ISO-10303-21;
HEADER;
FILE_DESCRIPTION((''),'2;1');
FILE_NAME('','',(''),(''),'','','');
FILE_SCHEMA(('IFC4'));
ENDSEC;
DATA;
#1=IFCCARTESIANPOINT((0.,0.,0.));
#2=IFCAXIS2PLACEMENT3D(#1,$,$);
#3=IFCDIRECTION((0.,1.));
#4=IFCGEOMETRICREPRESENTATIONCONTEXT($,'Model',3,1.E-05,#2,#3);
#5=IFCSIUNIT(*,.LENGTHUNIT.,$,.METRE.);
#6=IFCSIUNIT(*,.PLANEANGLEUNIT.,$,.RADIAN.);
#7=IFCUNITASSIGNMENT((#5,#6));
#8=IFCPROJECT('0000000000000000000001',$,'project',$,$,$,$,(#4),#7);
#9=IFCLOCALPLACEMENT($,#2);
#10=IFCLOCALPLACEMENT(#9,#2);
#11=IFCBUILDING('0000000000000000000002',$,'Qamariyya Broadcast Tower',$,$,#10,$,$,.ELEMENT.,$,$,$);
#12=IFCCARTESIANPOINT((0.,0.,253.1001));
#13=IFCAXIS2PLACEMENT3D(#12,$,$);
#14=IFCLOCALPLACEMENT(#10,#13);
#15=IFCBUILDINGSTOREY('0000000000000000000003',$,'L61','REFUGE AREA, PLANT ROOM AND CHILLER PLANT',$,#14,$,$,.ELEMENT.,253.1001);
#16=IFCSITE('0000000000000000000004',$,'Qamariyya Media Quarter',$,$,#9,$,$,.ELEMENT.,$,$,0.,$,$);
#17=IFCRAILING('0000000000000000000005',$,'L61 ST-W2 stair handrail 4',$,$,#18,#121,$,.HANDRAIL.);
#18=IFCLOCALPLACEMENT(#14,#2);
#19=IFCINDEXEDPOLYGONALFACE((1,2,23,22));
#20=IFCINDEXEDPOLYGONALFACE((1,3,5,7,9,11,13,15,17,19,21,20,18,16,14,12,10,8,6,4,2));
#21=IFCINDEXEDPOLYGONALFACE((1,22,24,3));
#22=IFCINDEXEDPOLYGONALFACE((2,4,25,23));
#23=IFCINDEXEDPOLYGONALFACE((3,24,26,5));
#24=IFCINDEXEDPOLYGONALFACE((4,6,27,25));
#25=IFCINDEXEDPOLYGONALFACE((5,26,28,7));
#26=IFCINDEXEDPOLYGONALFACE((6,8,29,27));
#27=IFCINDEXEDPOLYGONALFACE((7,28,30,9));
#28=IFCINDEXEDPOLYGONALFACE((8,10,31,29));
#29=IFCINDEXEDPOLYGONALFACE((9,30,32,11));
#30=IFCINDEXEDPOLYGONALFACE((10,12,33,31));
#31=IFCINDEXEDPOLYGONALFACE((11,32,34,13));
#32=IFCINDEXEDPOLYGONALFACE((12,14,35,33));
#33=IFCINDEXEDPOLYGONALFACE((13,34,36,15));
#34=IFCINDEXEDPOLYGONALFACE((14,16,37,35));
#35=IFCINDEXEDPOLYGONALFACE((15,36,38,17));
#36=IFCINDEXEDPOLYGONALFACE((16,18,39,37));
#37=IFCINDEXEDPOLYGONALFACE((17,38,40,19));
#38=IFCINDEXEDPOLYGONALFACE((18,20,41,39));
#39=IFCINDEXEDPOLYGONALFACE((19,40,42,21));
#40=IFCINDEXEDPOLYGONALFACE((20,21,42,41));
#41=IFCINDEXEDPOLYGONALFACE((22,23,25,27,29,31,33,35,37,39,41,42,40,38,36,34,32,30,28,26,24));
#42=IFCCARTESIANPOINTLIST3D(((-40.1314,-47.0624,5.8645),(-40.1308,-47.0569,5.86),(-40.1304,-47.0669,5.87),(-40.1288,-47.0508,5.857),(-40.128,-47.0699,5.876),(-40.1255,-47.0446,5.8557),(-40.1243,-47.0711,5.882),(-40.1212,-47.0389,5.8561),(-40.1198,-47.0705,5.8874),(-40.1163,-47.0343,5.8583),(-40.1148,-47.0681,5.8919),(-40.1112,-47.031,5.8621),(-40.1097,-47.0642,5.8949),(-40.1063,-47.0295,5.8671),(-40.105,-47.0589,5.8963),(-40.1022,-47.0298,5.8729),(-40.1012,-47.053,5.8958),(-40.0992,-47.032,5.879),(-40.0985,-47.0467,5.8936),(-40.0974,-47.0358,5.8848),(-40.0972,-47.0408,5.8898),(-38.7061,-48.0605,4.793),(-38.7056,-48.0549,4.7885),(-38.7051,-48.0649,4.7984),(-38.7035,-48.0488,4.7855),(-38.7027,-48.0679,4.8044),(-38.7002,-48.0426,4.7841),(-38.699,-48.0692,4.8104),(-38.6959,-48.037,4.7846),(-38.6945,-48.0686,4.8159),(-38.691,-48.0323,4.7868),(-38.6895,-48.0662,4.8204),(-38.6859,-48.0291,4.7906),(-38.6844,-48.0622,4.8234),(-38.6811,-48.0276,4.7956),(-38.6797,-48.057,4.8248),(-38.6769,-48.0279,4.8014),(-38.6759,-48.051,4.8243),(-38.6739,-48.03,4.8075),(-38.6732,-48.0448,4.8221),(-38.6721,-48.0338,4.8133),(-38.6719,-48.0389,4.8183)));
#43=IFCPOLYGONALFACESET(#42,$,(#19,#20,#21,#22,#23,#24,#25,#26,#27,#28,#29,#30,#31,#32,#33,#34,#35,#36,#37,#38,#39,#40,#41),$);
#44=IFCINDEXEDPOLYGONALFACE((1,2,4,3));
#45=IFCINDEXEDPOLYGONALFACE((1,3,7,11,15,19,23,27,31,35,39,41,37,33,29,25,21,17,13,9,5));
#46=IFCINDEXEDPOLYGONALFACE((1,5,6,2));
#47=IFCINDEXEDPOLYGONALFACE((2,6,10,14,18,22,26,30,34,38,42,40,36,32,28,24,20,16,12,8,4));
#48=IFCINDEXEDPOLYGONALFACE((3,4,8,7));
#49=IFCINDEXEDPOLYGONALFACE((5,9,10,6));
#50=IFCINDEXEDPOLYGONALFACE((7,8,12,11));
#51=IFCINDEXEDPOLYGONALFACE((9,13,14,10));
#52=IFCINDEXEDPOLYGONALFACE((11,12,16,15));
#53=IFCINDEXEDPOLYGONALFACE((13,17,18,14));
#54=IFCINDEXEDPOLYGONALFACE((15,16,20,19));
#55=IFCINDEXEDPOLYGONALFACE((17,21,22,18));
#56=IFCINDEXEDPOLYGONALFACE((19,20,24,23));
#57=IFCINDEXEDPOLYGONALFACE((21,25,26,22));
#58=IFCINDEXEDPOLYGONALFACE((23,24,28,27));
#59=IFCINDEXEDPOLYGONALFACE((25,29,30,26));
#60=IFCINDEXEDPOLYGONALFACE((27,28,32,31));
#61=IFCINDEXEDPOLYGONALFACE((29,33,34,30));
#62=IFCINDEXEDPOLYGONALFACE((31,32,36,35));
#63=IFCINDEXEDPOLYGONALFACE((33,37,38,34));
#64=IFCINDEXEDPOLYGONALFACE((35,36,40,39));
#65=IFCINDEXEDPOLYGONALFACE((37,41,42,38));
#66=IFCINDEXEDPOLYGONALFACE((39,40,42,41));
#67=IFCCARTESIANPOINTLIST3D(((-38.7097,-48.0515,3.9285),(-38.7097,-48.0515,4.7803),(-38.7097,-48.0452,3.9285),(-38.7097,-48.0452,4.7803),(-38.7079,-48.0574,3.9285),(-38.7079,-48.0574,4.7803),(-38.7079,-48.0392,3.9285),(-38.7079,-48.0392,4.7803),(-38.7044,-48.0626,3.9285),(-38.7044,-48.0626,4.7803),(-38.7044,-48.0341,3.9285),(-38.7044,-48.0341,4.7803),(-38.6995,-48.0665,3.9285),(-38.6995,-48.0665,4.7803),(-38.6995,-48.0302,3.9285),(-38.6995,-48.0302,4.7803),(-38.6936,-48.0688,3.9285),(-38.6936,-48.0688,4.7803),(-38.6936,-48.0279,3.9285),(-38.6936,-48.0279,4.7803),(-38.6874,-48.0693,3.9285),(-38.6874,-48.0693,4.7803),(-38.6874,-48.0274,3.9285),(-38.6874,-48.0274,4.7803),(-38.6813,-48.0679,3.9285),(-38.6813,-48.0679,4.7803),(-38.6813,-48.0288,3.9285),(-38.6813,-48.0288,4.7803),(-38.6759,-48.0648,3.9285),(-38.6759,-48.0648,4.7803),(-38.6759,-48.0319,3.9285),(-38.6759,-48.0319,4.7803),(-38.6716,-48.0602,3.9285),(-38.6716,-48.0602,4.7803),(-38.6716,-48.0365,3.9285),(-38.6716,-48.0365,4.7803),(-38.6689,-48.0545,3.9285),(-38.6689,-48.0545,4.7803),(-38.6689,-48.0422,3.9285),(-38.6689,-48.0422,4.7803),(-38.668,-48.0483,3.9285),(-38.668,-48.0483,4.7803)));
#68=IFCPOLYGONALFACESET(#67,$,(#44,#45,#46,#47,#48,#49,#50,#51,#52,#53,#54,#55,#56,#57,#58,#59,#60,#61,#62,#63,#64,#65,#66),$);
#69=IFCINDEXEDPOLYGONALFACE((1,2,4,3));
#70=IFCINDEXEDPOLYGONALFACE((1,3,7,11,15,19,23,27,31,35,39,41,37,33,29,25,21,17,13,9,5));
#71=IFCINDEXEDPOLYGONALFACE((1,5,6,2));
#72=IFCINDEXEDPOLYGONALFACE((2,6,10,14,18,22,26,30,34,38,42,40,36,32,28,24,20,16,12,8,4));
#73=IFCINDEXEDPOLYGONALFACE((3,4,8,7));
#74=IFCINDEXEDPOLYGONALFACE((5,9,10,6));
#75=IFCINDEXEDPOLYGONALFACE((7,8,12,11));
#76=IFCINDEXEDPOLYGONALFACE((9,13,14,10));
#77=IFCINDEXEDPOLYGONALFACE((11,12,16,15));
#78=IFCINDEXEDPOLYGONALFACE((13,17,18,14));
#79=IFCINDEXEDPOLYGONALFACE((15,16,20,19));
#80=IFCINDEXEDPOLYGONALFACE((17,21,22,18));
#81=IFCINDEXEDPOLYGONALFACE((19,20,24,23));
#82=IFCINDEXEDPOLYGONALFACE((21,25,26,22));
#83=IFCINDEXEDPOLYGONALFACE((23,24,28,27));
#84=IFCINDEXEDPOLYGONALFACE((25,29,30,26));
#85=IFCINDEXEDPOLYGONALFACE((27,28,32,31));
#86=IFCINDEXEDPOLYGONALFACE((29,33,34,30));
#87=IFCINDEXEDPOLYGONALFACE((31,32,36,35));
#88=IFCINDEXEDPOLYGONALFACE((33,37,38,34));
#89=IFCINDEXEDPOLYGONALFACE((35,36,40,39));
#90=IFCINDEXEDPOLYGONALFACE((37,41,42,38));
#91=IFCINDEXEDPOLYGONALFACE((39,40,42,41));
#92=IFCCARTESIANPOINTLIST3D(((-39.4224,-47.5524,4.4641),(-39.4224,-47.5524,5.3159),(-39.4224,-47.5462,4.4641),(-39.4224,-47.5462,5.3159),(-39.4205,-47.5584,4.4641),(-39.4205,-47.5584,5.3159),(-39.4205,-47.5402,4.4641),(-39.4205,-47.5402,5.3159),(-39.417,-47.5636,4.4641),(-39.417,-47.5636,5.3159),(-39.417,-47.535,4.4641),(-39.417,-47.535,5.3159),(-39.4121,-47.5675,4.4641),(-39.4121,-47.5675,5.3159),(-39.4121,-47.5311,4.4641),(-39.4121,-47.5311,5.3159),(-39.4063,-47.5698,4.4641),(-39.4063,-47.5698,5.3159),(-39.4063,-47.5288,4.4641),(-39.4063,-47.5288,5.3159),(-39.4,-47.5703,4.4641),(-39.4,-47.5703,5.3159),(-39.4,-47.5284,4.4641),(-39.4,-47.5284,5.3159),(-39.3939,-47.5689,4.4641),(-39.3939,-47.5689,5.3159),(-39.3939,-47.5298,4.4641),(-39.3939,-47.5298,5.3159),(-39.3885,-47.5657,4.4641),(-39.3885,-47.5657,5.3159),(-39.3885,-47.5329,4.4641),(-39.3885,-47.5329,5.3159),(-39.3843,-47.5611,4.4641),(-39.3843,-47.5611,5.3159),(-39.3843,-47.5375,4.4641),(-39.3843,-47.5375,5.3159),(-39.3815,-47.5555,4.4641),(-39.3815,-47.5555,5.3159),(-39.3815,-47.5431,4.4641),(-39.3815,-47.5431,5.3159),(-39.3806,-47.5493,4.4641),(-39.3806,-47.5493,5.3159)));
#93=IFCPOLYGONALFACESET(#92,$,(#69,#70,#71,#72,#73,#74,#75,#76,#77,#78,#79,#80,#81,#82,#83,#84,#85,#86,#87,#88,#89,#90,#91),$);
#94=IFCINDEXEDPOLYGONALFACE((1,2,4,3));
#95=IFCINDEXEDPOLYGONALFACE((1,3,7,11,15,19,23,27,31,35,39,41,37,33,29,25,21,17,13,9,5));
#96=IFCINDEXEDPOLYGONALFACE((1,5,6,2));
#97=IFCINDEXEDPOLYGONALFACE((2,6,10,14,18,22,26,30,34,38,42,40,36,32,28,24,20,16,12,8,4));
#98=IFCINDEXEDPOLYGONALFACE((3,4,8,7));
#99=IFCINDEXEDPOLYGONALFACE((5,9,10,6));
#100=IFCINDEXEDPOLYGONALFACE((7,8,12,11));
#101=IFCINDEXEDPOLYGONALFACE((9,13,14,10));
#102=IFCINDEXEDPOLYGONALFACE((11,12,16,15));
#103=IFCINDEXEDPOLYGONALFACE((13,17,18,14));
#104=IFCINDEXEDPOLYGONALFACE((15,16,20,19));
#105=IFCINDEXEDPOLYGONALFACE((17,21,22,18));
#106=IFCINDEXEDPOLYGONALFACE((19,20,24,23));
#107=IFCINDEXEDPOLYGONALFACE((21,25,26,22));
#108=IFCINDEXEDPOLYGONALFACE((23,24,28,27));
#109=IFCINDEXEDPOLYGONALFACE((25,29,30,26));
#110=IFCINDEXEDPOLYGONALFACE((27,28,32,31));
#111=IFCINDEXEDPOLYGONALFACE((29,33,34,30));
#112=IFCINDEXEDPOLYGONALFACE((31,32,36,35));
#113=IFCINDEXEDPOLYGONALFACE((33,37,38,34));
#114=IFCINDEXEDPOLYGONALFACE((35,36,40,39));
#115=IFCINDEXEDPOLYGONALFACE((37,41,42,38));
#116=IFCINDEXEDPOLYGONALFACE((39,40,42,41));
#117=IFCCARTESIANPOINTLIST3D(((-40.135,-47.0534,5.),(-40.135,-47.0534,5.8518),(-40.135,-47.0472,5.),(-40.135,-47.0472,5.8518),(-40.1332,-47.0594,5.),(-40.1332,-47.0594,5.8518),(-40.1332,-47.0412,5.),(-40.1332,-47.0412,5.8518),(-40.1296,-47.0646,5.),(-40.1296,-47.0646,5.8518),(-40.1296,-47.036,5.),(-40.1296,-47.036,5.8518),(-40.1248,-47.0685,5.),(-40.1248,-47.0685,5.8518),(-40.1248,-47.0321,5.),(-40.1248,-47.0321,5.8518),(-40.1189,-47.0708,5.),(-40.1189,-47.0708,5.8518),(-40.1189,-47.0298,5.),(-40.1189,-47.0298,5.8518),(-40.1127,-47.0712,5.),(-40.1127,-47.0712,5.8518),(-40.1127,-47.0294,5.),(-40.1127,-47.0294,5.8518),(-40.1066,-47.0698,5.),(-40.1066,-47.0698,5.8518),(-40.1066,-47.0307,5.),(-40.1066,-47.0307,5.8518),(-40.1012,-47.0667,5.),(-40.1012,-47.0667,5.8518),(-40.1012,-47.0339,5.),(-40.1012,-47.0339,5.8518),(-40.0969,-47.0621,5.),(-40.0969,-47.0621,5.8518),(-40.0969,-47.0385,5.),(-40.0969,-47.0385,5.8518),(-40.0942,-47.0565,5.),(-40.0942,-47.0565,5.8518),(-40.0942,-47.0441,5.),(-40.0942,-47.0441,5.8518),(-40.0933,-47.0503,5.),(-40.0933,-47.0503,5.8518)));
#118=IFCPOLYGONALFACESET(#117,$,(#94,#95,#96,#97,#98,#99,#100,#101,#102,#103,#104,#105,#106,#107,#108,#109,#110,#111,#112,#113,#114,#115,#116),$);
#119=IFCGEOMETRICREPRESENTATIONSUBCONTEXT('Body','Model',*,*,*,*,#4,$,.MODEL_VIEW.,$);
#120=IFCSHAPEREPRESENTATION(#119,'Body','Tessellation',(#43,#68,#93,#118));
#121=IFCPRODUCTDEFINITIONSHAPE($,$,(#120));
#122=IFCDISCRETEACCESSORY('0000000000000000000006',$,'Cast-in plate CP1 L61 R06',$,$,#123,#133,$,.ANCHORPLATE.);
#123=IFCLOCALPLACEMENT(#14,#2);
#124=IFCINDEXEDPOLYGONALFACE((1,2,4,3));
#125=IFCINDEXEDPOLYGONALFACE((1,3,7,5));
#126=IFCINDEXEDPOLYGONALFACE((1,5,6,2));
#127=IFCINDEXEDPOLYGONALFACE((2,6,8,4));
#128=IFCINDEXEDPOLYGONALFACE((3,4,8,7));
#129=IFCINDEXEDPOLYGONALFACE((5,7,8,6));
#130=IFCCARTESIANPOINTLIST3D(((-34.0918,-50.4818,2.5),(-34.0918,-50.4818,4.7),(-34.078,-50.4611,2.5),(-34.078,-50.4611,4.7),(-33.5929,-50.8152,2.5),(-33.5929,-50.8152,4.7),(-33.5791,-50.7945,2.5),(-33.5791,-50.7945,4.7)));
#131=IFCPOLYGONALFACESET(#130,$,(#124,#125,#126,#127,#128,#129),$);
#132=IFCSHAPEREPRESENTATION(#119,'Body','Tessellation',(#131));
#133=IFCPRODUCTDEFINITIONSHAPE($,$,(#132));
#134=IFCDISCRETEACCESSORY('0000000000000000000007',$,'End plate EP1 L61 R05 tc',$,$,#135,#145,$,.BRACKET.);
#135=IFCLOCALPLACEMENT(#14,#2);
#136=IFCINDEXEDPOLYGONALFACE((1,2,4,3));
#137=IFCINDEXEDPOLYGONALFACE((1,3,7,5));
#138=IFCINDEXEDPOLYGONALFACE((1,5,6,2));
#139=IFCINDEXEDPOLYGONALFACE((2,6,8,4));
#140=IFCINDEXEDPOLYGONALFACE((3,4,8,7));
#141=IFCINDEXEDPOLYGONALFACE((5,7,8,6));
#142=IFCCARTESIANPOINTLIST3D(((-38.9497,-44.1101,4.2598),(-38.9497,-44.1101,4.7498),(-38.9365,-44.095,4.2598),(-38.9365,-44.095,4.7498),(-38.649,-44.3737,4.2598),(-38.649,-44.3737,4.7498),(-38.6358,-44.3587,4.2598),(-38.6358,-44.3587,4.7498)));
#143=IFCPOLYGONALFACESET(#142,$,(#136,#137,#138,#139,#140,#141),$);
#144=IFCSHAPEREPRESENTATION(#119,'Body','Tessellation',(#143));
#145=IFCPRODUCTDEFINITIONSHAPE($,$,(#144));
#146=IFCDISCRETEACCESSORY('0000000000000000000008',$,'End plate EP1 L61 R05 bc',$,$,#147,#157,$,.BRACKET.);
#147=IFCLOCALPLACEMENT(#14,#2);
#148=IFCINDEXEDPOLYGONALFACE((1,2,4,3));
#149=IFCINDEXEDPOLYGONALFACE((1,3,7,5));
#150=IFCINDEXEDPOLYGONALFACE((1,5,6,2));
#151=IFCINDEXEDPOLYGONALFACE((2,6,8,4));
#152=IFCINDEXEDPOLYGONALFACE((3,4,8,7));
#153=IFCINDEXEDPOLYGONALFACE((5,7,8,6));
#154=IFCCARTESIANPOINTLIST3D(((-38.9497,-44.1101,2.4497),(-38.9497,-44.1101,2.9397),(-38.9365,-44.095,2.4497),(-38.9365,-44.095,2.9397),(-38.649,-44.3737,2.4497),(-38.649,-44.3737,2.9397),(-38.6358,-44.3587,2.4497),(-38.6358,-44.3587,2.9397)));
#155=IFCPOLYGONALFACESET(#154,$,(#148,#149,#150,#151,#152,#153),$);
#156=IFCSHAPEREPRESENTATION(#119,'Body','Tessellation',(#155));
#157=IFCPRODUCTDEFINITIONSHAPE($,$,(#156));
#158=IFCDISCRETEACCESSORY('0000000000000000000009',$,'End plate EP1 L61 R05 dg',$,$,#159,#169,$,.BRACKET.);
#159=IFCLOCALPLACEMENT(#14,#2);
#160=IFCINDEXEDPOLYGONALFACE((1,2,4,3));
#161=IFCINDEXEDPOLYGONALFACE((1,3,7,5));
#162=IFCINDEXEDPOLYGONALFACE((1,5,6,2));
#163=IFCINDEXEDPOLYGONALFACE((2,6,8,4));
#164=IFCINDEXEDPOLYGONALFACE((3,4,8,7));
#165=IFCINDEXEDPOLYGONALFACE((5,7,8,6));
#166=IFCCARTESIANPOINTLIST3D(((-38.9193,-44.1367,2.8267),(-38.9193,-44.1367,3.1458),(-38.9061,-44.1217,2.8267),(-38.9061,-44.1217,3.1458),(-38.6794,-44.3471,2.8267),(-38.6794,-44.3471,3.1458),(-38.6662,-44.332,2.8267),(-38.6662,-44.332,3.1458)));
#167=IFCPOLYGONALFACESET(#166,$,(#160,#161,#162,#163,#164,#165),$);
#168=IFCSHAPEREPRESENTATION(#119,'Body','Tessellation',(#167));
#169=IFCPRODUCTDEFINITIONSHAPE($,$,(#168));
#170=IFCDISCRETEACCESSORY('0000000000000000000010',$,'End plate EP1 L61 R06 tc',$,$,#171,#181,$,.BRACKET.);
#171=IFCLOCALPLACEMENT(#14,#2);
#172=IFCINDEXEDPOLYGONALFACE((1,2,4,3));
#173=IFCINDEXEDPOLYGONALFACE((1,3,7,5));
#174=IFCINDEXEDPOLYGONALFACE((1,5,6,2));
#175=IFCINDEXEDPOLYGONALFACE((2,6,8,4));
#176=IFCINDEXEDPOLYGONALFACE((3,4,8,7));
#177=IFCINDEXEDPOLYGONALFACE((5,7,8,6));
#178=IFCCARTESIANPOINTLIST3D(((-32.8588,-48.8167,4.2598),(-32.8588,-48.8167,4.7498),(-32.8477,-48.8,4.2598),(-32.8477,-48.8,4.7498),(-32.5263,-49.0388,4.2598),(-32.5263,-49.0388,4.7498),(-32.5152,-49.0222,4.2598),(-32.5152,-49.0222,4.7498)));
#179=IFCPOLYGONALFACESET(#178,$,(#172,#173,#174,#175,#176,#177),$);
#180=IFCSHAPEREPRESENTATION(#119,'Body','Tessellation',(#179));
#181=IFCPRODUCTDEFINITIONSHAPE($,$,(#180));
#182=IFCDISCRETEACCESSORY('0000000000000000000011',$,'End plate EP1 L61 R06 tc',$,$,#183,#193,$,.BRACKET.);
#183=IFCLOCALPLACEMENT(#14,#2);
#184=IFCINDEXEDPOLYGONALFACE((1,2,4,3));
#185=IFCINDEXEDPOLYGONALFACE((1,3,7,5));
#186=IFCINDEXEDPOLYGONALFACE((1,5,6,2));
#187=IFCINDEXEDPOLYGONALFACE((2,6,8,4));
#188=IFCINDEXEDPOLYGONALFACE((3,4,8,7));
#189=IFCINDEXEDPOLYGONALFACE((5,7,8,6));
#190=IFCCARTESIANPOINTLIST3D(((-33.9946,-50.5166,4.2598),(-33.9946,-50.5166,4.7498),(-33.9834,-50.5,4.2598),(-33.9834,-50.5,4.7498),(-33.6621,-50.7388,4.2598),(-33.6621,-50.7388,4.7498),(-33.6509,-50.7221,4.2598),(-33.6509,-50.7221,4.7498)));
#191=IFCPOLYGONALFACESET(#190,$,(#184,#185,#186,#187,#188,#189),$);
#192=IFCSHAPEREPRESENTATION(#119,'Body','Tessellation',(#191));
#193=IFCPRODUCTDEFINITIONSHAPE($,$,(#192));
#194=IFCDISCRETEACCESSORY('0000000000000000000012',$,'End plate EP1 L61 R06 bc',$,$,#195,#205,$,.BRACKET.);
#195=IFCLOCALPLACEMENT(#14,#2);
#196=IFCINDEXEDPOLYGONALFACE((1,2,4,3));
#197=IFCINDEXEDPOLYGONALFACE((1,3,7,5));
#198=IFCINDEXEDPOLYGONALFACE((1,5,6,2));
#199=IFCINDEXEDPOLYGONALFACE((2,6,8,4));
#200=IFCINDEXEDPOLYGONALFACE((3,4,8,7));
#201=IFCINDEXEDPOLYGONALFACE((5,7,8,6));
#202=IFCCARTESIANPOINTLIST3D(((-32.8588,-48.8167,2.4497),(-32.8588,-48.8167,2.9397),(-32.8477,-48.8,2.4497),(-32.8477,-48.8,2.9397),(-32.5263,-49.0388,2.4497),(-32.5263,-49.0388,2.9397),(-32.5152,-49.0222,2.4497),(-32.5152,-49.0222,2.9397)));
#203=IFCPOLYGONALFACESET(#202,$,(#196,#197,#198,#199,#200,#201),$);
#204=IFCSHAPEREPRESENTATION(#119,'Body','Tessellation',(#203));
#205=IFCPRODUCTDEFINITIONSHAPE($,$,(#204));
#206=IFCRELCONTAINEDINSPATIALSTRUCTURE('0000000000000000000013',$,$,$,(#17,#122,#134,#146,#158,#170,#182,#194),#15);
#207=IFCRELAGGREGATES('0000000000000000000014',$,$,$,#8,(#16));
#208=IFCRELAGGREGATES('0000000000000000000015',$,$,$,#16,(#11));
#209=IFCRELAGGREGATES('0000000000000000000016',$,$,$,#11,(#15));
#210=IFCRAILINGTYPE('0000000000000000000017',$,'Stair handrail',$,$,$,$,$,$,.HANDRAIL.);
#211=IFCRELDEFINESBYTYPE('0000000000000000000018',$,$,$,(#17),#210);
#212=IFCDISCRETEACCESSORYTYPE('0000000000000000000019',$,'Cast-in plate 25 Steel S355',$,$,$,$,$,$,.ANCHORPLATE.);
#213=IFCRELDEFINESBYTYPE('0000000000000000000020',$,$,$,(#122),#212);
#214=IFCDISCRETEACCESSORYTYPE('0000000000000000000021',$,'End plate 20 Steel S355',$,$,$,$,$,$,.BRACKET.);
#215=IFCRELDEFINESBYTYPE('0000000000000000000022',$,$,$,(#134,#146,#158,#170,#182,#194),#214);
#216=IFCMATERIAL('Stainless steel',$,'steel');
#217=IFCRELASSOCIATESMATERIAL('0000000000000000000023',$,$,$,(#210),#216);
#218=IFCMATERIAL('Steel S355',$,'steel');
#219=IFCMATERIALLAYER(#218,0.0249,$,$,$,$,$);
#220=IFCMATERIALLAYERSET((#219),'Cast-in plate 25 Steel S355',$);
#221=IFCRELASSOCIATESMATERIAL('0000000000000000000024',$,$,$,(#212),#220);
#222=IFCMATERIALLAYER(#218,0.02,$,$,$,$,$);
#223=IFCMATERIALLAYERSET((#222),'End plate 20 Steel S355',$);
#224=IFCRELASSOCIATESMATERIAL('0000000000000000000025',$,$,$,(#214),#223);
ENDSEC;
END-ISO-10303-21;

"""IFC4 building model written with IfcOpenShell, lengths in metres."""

from ifc_helpers import new_model, si_unit, direction, frame, origin, origin_2d, place, context, subcontext, project, spatial, rectangle, circle, extrude, material, layer, layer_set, type_object, element, save


model = new_model("IFC4")

# Units and contexts
model_context = context("Model", 3, precision=1e-05, world=origin(), true_north=direction((0.0, 1.0)))
body_context = subcontext(model_context, "Body", "Model", "MODEL_VIEW")
ifc_project = project(units=[si_unit("LENGTHUNIT", "METRE"), si_unit("PLANEANGLEUNIT", "RADIAN")], contexts=[model_context])

# Site, building, storey
site_placement = place(None, origin())
site = spatial("IfcSite", under=ifc_project, at=site_placement, Name="Qamariyya Media Quarter", CompositionType="ELEMENT", RefElevation=0.0)
building_placement = place(site_placement, origin())
building = spatial("IfcBuilding", under=site, at=building_placement, Name="Qamariyya Broadcast Tower", CompositionType="ELEMENT")
storey_placement = place(building_placement, frame((0.0, 0.0, 253.1001)))
storey = spatial("IfcBuildingStorey", under=building, at=storey_placement, Name="L61", Description="REFUGE AREA, PLANT ROOM AND CHILLER PLANT", CompositionType="ELEMENT", Elevation=253.1001)

# Shared definitions
ifc_material_1 = material(Name="Steel S355", Category="steel")

# Railing
ifc_material_2 = material(Name="Stainless steel", Category="steel")
railing_type = type_object("IfcRailingType", Name="Stair handrail", PredefinedType="HANDRAIL", material=ifc_material_2)
for number, where, name in (
    (1, (-38.689, -48.0483, 3.9285), "L61 ST-W2 stair handrail 4"),
):
    element("IfcRailing", number, at=place(storey_placement, frame(where)), inside=storey, type_object=railing_type, Name=name, PredefinedType="HANDRAIL", context=body_context, shape_type="SweptSolid", body=[
        extrude(circle(Radius=0.0239, at=origin_2d()), frame((0.0, 0.0, 0.876), z_axis=(-0.697489, 0.48841, 0.524371), x_axis=(-0.573594, -0.81914, 0.0)), (0.0, 0.0, 1.0), 2.0435),
        extrude(circle(Radius=0.021, at=origin_2d()), origin(), (0.0, 0.0, 1.0), 0.8518),
        extrude(circle(Radius=0.021, at=origin_2d()), frame((-0.7126, 0.499, 0.5356)), (0.0, 0.0, 1.0), 0.8518),
        extrude(circle(Radius=0.021, at=origin_2d()), frame((-1.4253, 0.998, 1.0715)), (0.0, 0.0, 1.0), 0.8518),
    ])

# Discrete accessories
ifc_layer_1 = layer(ifc_material_1, 0.0249)
ifc_layer_set_1 = layer_set([ifc_layer_1], Name="Cast-in plate 25 Steel S355")
discrete_accessory_type_1 = type_object("IfcDiscreteAccessoryType", Name="Cast-in plate 25 Steel S355", PredefinedType="ANCHORPLATE", material=ifc_layer_set_1)
discrete_accessory_1_placement = place(storey_placement, frame((-33.8354, -50.6382, 2.5), z_axis=(0.0, 0.0, 1.0), x_axis=(-0.83147, 0.55557, 0.0)))
element("IfcDiscreteAccessory", 2, at=discrete_accessory_1_placement, inside=storey, type_object=discrete_accessory_type_1, Name="Cast-in plate CP1 L61 R06", PredefinedType="ANCHORPLATE", context=body_context, shape_type="SweptSolid", body=[
    extrude(rectangle(XDim=0.6001, YDim=0.0249, at=origin_2d()), origin(), (0.0, 0.0, 1.0), 2.2),
])
ifc_layer_2 = layer(ifc_material_1, 0.02)
ifc_layer_set_2 = layer_set([ifc_layer_2], Name="End plate 20 Steel S355")
discrete_accessory_type_2 = type_object("IfcDiscreteAccessoryType", Name="End plate 20 Steel S355", PredefinedType="BRACKET", material=ifc_layer_set_2)
for number, where, z_axis, x_axis, name in (
    (3, (-38.7927, -44.2344, 4.2598), (0.0, 0.0, 1.0), (-0.75184, 0.659346, 0.0), "End plate EP1 L61 R05 tc"),
    (4, (-38.7927, -44.2344, 2.4497), (0.0, 0.0, 1.0), (-0.75184, 0.659346, 0.0), "End plate EP1 L61 R05 bc"),
):
    element("IfcDiscreteAccessory", number, at=place(storey_placement, frame(where, z_axis=z_axis, x_axis=x_axis)), inside=storey, type_object=discrete_accessory_type_2, Name=name, PredefinedType="BRACKET", context=body_context, shape_type="SweptSolid", body=[
        extrude(rectangle(XDim=0.3999, YDim=0.02, at=origin_2d()), origin(), (0.0, 0.0, 1.0), 0.49),
    ])
discrete_accessory_2_placement = place(storey_placement, frame((-38.7927, -44.2344, 2.8267), z_axis=(0.0, 0.0, 1.0), x_axis=(-0.75184, 0.659346, 0.0)))
element("IfcDiscreteAccessory", 5, at=discrete_accessory_2_placement, inside=storey, type_object=discrete_accessory_type_2, Name="End plate EP1 L61 R05 dg", PredefinedType="BRACKET", context=body_context, shape_type="SweptSolid", body=[
    extrude(rectangle(XDim=0.3191, YDim=0.02, at=origin_2d()), origin(), (0.0, 0.0, 1.0), 0.3191),
])
for number, where, z_axis, x_axis, name in (
    (6, (-32.687, -48.9194, 4.2598), (0.0, 0.0, 1.0), (-0.83147, 0.55557, 0.0), "End plate EP1 L61 R06 tc"),
    (7, (-33.8228, -50.6194, 4.2598), (0.0, 0.0, 1.0), (-0.83147, 0.55557, 0.0), "End plate EP1 L61 R06 tc"),
    (8, (-32.687, -48.9194, 2.4497), (0.0, 0.0, 1.0), (-0.83147, 0.55557, 0.0), "End plate EP1 L61 R06 bc"),
):
    element("IfcDiscreteAccessory", number, at=place(storey_placement, frame(where, z_axis=z_axis, x_axis=x_axis)), inside=storey, type_object=discrete_accessory_type_2, Name=name, PredefinedType="BRACKET", context=body_context, shape_type="SweptSolid", body=[
        extrude(rectangle(XDim=0.3999, YDim=0.02, at=origin_2d()), origin(), (0.0, 0.0, 1.0), 0.49),
    ])

save(model, "model.ifc")
